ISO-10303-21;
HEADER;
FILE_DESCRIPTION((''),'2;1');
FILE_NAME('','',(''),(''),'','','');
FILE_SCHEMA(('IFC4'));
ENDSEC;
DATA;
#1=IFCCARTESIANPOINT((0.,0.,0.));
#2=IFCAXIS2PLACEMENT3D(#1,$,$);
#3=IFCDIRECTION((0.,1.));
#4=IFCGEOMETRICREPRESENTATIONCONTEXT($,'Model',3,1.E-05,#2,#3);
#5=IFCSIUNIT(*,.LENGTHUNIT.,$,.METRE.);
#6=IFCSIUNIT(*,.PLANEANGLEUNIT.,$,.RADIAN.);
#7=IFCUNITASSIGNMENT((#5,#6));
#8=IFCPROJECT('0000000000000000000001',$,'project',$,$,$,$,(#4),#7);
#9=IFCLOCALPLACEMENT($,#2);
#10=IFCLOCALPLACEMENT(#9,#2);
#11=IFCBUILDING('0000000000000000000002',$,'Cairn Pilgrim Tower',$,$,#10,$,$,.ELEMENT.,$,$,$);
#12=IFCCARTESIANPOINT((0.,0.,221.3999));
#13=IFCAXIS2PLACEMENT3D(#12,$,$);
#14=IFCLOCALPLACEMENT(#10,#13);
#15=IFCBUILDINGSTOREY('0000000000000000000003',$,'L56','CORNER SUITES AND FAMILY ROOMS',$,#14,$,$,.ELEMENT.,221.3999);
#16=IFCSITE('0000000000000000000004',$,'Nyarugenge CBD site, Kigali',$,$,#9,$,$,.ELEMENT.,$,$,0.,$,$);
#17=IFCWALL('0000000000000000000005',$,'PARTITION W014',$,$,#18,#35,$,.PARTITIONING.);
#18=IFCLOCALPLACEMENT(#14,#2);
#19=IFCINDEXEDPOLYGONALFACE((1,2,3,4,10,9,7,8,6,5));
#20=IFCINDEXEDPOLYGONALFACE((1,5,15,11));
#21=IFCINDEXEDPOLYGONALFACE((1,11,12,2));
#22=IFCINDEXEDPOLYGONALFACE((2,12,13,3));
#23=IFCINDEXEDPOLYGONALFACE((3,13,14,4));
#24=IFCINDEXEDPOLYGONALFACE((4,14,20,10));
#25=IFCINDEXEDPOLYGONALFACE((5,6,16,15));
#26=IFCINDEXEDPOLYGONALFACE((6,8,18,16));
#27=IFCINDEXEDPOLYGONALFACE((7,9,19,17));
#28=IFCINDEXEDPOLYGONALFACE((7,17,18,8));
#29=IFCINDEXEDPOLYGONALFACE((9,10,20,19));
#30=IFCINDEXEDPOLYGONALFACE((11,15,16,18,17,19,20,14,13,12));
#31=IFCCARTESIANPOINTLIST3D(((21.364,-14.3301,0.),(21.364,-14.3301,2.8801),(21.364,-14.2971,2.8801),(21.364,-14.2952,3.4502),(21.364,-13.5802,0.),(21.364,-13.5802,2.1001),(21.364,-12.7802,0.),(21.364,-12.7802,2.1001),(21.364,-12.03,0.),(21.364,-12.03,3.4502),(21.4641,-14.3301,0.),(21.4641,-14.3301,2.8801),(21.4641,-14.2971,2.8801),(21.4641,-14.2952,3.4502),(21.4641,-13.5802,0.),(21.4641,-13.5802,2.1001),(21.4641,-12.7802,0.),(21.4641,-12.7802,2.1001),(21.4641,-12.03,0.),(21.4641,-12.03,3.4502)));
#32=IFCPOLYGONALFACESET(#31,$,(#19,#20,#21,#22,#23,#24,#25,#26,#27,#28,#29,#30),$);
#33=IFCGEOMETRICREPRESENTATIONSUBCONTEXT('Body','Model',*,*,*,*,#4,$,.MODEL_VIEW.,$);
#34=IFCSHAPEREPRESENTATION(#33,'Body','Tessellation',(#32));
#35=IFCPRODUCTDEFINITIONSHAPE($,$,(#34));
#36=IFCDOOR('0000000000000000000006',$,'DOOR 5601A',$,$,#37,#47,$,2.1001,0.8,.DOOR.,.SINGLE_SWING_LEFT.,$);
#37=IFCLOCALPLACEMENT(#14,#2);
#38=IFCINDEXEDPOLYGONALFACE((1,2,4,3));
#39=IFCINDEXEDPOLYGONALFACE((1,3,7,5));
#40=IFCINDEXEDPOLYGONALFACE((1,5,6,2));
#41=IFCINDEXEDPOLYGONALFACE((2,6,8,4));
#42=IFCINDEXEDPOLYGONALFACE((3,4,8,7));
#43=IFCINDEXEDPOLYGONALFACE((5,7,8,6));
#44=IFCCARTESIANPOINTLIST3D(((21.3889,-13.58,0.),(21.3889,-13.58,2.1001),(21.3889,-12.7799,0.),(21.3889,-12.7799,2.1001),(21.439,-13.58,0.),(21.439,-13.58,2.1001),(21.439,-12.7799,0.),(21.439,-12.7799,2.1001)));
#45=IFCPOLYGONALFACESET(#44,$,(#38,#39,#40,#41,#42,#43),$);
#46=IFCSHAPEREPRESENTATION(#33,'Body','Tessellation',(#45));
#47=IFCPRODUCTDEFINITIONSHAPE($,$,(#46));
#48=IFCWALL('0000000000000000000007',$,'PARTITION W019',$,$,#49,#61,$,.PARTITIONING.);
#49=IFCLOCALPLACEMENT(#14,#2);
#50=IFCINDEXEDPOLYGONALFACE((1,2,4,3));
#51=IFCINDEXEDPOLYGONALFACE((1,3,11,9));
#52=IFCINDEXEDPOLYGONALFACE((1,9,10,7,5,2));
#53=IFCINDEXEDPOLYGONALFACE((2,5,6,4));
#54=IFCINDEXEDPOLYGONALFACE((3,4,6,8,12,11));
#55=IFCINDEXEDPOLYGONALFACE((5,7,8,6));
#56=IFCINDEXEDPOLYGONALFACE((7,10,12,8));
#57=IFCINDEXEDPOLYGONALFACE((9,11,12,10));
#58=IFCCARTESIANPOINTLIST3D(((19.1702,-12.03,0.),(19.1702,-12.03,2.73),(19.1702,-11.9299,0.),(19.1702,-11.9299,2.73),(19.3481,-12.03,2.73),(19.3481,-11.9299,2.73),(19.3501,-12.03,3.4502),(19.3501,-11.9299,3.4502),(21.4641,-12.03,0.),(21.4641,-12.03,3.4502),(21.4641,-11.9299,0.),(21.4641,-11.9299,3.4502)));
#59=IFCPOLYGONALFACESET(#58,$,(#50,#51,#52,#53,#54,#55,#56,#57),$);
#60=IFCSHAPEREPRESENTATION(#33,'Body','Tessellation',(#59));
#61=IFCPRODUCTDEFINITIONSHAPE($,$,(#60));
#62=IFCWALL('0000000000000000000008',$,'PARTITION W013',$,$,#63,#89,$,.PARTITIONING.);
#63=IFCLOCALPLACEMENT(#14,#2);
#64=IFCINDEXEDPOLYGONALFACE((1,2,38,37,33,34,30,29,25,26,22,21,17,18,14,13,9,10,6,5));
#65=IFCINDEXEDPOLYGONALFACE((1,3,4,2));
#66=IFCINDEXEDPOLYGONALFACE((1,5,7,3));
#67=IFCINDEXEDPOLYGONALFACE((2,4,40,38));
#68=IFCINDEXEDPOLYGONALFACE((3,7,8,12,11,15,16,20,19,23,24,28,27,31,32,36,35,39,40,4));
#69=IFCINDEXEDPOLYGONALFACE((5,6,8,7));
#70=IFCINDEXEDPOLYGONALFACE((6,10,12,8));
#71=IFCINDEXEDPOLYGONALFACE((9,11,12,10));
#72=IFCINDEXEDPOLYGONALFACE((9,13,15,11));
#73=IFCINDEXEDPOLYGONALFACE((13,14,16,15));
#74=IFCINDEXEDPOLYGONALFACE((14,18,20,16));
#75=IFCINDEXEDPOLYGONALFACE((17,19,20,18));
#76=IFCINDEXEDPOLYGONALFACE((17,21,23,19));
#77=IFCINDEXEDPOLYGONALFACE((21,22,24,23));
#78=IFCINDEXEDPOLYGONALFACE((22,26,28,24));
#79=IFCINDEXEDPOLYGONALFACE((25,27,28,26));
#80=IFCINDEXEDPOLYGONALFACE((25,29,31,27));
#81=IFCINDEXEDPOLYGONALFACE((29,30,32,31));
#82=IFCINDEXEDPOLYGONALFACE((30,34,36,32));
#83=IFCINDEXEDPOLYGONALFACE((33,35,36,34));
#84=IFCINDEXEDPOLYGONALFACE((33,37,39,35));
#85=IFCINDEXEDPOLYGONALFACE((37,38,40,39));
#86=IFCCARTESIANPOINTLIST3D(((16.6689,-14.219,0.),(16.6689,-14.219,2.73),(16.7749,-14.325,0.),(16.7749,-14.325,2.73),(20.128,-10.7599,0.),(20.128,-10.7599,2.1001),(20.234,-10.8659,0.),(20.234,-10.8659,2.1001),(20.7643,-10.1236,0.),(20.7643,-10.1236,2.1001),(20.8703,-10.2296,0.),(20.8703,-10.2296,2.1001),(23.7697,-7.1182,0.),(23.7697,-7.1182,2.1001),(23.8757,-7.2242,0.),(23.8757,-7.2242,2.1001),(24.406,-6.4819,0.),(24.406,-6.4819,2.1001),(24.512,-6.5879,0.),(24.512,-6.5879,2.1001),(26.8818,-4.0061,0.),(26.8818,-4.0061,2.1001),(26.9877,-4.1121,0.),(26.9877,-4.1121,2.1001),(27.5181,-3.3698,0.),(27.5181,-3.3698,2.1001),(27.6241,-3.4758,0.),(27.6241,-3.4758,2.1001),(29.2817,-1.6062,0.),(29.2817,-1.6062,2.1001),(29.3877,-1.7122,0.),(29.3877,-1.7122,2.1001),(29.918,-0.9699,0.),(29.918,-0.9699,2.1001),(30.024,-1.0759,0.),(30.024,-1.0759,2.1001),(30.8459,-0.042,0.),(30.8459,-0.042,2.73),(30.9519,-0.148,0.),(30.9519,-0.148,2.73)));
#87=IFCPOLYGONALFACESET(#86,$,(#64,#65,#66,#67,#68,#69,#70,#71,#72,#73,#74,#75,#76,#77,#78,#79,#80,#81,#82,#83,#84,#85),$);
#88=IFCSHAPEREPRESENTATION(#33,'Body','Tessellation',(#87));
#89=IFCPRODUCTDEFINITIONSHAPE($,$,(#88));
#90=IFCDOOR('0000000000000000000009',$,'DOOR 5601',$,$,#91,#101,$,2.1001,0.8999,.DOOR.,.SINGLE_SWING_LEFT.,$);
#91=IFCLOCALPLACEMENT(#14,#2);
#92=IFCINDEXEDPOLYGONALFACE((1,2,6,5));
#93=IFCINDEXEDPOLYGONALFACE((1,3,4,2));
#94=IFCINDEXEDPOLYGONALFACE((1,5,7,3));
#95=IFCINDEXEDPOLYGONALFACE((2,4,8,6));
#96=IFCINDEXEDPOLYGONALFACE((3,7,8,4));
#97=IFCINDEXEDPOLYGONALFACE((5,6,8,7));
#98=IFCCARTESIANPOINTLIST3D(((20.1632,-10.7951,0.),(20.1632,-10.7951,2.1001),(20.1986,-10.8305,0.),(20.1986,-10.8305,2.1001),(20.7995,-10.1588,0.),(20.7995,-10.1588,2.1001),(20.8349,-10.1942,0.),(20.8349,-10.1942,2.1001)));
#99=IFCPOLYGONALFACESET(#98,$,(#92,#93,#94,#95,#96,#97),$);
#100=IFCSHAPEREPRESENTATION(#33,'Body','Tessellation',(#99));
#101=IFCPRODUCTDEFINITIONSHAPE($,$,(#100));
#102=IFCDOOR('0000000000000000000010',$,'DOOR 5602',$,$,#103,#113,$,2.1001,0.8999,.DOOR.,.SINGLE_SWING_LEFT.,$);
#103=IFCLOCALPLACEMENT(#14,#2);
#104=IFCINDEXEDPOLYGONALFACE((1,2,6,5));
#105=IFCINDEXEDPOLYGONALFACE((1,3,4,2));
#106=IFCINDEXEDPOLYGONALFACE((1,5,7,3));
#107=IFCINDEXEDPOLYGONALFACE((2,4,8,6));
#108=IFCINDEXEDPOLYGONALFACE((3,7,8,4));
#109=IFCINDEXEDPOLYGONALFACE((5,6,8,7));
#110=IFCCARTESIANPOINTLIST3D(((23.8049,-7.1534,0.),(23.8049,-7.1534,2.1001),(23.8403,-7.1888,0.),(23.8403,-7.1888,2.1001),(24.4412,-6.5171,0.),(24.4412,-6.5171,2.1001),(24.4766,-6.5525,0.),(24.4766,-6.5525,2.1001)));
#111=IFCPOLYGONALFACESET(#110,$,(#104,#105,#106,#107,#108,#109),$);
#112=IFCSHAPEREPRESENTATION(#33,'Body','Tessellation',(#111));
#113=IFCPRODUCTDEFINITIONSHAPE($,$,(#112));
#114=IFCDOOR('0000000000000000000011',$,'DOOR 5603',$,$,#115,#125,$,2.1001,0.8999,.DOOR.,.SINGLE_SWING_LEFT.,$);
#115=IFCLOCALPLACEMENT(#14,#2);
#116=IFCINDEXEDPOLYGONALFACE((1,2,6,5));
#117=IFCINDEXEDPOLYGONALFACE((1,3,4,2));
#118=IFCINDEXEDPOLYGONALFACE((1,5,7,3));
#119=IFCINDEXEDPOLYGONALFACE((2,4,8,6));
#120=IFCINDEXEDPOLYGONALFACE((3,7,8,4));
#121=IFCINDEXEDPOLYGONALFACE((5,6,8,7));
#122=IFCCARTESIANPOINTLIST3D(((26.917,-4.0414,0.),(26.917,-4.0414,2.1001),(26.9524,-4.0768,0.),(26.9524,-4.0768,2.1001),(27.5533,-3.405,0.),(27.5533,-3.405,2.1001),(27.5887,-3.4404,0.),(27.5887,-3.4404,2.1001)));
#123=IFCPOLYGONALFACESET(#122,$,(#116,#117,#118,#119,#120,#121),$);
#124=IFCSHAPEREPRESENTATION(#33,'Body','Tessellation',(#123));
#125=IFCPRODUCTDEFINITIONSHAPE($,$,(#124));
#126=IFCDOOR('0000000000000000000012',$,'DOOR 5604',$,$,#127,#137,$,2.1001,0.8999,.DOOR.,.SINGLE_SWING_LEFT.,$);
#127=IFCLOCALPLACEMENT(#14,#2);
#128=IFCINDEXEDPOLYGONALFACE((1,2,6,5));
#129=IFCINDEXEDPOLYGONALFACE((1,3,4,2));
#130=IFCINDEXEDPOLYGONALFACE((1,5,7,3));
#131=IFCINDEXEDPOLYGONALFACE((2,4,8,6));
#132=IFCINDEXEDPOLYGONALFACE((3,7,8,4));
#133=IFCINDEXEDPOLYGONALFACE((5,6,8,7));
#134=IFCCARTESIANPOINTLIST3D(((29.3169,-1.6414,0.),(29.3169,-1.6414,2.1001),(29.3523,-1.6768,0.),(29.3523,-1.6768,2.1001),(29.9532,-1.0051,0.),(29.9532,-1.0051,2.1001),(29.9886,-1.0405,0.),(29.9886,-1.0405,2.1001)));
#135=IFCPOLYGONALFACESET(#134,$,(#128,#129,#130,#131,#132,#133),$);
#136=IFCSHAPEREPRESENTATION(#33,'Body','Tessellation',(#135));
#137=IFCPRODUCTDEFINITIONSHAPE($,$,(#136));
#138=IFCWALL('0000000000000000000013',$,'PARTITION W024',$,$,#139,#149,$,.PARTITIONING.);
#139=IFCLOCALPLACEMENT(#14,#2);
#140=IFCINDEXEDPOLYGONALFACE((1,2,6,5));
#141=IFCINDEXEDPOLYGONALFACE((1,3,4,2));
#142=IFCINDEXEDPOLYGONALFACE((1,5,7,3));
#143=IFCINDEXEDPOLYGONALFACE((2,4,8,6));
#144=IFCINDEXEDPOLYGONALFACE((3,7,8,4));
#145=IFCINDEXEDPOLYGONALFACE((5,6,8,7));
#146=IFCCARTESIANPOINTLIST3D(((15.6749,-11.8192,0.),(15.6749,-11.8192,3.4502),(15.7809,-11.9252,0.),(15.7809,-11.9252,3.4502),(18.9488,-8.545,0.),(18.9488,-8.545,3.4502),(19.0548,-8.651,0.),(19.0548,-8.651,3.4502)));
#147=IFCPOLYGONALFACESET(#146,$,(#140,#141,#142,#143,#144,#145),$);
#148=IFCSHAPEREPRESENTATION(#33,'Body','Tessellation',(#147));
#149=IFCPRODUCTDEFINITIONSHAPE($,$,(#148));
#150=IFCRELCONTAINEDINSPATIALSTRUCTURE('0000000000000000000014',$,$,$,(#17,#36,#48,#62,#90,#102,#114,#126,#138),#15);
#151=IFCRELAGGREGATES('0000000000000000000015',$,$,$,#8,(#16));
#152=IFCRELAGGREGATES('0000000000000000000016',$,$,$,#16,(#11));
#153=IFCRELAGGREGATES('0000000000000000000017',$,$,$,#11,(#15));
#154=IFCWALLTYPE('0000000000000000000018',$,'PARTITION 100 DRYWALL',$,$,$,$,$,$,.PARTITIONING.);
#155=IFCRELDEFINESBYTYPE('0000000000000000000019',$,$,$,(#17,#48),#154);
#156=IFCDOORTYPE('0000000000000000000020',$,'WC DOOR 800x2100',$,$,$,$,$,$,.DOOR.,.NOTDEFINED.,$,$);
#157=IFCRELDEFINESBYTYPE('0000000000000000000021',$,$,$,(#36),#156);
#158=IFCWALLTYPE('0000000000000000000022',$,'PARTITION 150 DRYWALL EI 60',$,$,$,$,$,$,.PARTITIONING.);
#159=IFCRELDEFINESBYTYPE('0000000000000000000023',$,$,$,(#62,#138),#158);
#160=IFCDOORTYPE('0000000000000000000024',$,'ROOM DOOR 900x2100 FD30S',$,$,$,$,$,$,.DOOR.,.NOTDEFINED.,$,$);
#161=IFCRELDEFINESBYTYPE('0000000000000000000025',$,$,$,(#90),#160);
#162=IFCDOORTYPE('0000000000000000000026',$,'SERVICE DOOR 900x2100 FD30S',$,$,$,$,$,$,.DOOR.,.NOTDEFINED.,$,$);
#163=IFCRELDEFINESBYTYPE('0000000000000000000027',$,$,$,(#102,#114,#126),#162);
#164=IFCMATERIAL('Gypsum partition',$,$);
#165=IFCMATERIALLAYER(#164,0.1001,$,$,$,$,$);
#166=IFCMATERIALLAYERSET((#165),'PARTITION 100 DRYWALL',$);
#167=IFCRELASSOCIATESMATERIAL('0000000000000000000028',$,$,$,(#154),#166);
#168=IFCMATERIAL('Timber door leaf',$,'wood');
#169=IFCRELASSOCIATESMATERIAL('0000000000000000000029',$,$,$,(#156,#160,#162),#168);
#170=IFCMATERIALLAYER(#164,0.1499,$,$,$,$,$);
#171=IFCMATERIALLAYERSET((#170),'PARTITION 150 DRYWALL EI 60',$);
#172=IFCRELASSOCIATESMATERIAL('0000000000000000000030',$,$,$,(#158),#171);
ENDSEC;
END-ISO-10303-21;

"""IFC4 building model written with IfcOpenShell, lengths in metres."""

from ifc_helpers import new_model, si_unit, direction, frame, frame_2d, origin, place, context, subcontext, project, spatial, polyline, rectangle, outline, extrude, material, layer, layer_set, type_object, element, fill, save


model = new_model("IFC4")

# Units and contexts
model_context = context("Model", 3, precision=1e-05, world=origin(), true_north=direction((0.0, 1.0)))
body_context = subcontext(model_context, "Body", "Model", "MODEL_VIEW")
ifc_project = project(units=[si_unit("LENGTHUNIT", "METRE"), si_unit("PLANEANGLEUNIT", "RADIAN")], contexts=[model_context])

# Site, building, storey
site_placement = place(None, origin())
site = spatial("IfcSite", under=ifc_project, at=site_placement, Name="Nyarugenge CBD site, Kigali", CompositionType="ELEMENT", RefElevation=0.0)
building_placement = place(site_placement, origin())
building = spatial("IfcBuilding", under=site, at=building_placement, Name="Cairn Pilgrim Tower", CompositionType="ELEMENT")
storey_placement = place(building_placement, frame((0.0, 0.0, 221.3999)))
storey = spatial("IfcBuildingStorey", under=building, at=storey_placement, Name="L56", Description="CORNER SUITES AND FAMILY ROOMS", CompositionType="ELEMENT", Elevation=221.3999)

# Shared definitions
ifc_material_1 = material(Name="Gypsum partition")
ifc_layer_1 = layer(ifc_material_1, 0.1001)
ifc_layer_set_1 = layer_set([ifc_layer_1], Name="PARTITION 100 DRYWALL")
wall_type_1 = type_object("IfcWallType", Name="PARTITION 100 DRYWALL", PredefinedType="PARTITIONING", material=ifc_layer_set_1)
ifc_material_2 = material(Name="Timber door leaf", Category="wood")

# Shared definitions
door_type_1 = type_object("IfcDoorType", Name="WC DOOR 800x2100", OperationType="NOTDEFINED", PredefinedType="DOOR", material=ifc_material_2)

# Wall, opening, door
wall_1_placement = place(storey_placement, frame((21.4141, -14.3301, 0.0), z_axis=(0.0, 0.0, 1.0), x_axis=(0.0, 1.0, 0.0)))
wall_1 = element("IfcWall", 1, at=wall_1_placement, inside=storey, type_object=wall_type_1, Name="PARTITION W014", PredefinedType="PARTITIONING", context=body_context, shape_type="SweptSolid", body=[
    extrude(outline(polyline([(0.0, 0.0), (2.3, 0.0), (2.3, 3.4502), (0.0349, 3.4502), (0.033, 2.8801), (0.0, 2.8801), (0.0, 0.0)])), frame((0.0, 0.05, 0.0), z_axis=(0.0, -1.0, 0.0), x_axis=(1.0, 0.0, 0.0)), (0.0, 0.0, 1.0), 0.1001),
])
opening_1_placement = place(wall_1_placement, frame((0.75, 0.0, 0.0)))
opening_1 = element("IfcOpeningElement", 2, at=opening_1_placement, cuts=wall_1, PredefinedType="OPENING", context=body_context, shape_type="SweptSolid", body=[
    extrude(rectangle(XDim=0.8, YDim=2.1001, at=frame_2d((0.3999, 1.05))), frame((0.0, 0.0601, 0.0), z_axis=(0.0, -1.0, 0.0), x_axis=(1.0, 0.0, 0.0)), (0.0, 0.0, 1.0), 0.1201),
])
door_1_placement = place(opening_1_placement, frame((0.8, 0.0, 0.0), z_axis=(0.0, 0.0, 1.0), x_axis=(-1.0, 0.0, 0.0)))
door_1 = element("IfcDoor", 3, at=door_1_placement, inside=storey, type_object=door_type_1, Name="DOOR 5601A", OperationType="SINGLE_SWING_LEFT", OverallHeight=2.1001, OverallWidth=0.8, PredefinedType="DOOR", context=body_context, shape_type="SweptSolid", body=[
    extrude(rectangle(XDim=0.8, YDim=2.1001, at=frame_2d((0.3999, 1.05))), frame((0.0, 0.0249, 0.0), z_axis=(0.0, -1.0, 0.0), x_axis=(1.0, 0.0, 0.0)), (0.0, 0.0, 1.0), 0.05),
])
fill(opening_1, door_1)

# Wall
wall_2_placement = place(storey_placement, frame((19.1702, -11.98, 0.0), z_axis=(0.0, 0.0, 1.0), x_axis=(1.0, 0.0, 0.0)))
element("IfcWall", 4, at=wall_2_placement, inside=storey, type_object=wall_type_1, Name="PARTITION W019", PredefinedType="PARTITIONING", context=body_context, shape_type="SweptSolid", body=[
    extrude(outline(polyline([(0.0, 0.0), (2.2939, 0.0), (2.2939, 3.4502), (0.1799, 3.4502), (0.178, 2.73), (0.0, 2.73), (0.0, 0.0)])), frame((0.0, 0.05, 0.0), z_axis=(0.0, -1.0, 0.0), x_axis=(1.0, 0.0, 0.0)), (0.0, 0.0, 1.0), 0.1001),
])

# Wall, openings, doors
ifc_layer_2 = layer(ifc_material_1, 0.1499)
ifc_layer_set_2 = layer_set([ifc_layer_2], Name="PARTITION 150 DRYWALL EI 60")
wall_type_2 = type_object("IfcWallType", Name="PARTITION 150 DRYWALL EI 60", PredefinedType="PARTITIONING", material=ifc_layer_set_2)
wall_3_placement = place(storey_placement, frame((16.7219, -14.272, 0.0), z_axis=(0.0, 0.0, 1.0), x_axis=(0.707107, 0.707107, 0.0)))
wall_3 = element("IfcWall", 5, at=wall_3_placement, inside=storey, type_object=wall_type_2, Name="PARTITION W013", PredefinedType="PARTITIONING", context=body_context, shape_type="SweptSolid", body=[
    extrude(rectangle(XDim=20.0493, YDim=0.1499, at=frame_2d((10.0247, 0.0))), origin(), (0.0, 0.0, 1.0), 2.73),
])
opening_2_placement = place(wall_3_placement, frame((4.8918, 0.0, 0.0)))
opening_2 = element("IfcOpeningElement", 6, at=opening_2_placement, cuts=wall_3, PredefinedType="OPENING", context=body_context, shape_type="SweptSolid", body=[
    extrude(rectangle(XDim=0.8999, YDim=2.1001, at=frame_2d((0.45, 1.05))), frame((0.0, 0.085, 0.0), z_axis=(0.0, -1.0, 0.0), x_axis=(1.0, 0.0, 0.0)), (0.0, 0.0, 1.0), 0.1699),
])
opening_3_placement = place(wall_3_placement, frame((10.042, 0.0, 0.0)))
opening_3 = element("IfcOpeningElement", 7, at=opening_3_placement, cuts=wall_3, PredefinedType="OPENING", context=body_context, shape_type="SweptSolid", body=[
    extrude(rectangle(XDim=0.8999, YDim=2.1001, at=frame_2d((0.45, 1.05))), frame((0.0, 0.085, 0.0), z_axis=(0.0, -1.0, 0.0), x_axis=(1.0, 0.0, 0.0)), (0.0, 0.0, 1.0), 0.1699),
])
opening_4_placement = place(wall_3_placement, frame((14.4431, 0.0, 0.0)))
opening_4 = element("IfcOpeningElement", 8, at=opening_4_placement, cuts=wall_3, PredefinedType="OPENING", context=body_context, shape_type="SweptSolid", body=[
    extrude(rectangle(XDim=0.8999, YDim=2.1001, at=frame_2d((0.45, 1.05))), frame((0.0, 0.085, 0.0), z_axis=(0.0, -1.0, 0.0), x_axis=(1.0, 0.0, 0.0)), (0.0, 0.0, 1.0), 0.1699),
])
opening_5_placement = place(wall_3_placement, frame((17.8372, 0.0, 0.0)))
opening_5 = element("IfcOpeningElement", 9, at=opening_5_placement, cuts=wall_3, PredefinedType="OPENING", context=body_context, shape_type="SweptSolid", body=[
    extrude(rectangle(XDim=0.8999, YDim=2.1001, at=frame_2d((0.45, 1.05))), frame((0.0, 0.085, 0.0), z_axis=(0.0, -1.0, 0.0), x_axis=(1.0, 0.0, 0.0)), (0.0, 0.0, 1.0), 0.1699),
])
door_type_2 = type_object("IfcDoorType", Name="ROOM DOOR 900x2100 FD30S", OperationType="NOTDEFINED", PredefinedType="DOOR", material=ifc_material_2)
door_2_placement = place(opening_2_placement, frame((0.8999, 0.0, 0.0), z_axis=(0.0, 0.0, 1.0), x_axis=(-1.0, 0.0, 0.0)))
door_2 = element("IfcDoor", 10, at=door_2_placement, inside=storey, type_object=door_type_2, Name="DOOR 5601", OperationType="SINGLE_SWING_LEFT", OverallHeight=2.1001, OverallWidth=0.8999, PredefinedType="DOOR", context=body_context, shape_type="SweptSolid", body=[
    extrude(rectangle(XDim=0.8999, YDim=2.1001, at=frame_2d((0.45, 1.05))), frame((0.0, 0.0249, 0.0), z_axis=(0.0, -1.0, 0.0), x_axis=(1.0, 0.0, 0.0)), (0.0, 0.0, 1.0), 0.05),
])
fill(opening_2, door_2)
door_type_3 = type_object("IfcDoorType", Name="SERVICE DOOR 900x2100 FD30S", OperationType="NOTDEFINED", PredefinedType="DOOR", material=ifc_material_2)
door_3_placement = place(opening_3_placement, frame((0.8999, 0.0, 0.0), z_axis=(0.0, 0.0, 1.0), x_axis=(-1.0, 0.0, 0.0)))
door_3 = element("IfcDoor", 11, at=door_3_placement, inside=storey, type_object=door_type_3, Name="DOOR 5602", OperationType="SINGLE_SWING_LEFT", OverallHeight=2.1001, OverallWidth=0.8999, PredefinedType="DOOR", context=body_context, shape_type="SweptSolid", body=[
    extrude(rectangle(XDim=0.8999, YDim=2.1001, at=frame_2d((0.45, 1.05))), frame((0.0, 0.0249, 0.0), z_axis=(0.0, -1.0, 0.0), x_axis=(1.0, 0.0, 0.0)), (0.0, 0.0, 1.0), 0.05),
])
fill(opening_3, door_3)
door_4_placement = place(opening_4_placement, frame((0.8999, 0.0, 0.0), z_axis=(0.0, 0.0, 1.0), x_axis=(-1.0, 0.0, 0.0)))
door_4 = element("IfcDoor", 12, at=door_4_placement, inside=storey, type_object=door_type_3, Name="DOOR 5603", OperationType="SINGLE_SWING_LEFT", OverallHeight=2.1001, OverallWidth=0.8999, PredefinedType="DOOR", context=body_context, shape_type="SweptSolid", body=[
    extrude(rectangle(XDim=0.8999, YDim=2.1001, at=frame_2d((0.45, 1.05))), frame((0.0, 0.0249, 0.0), z_axis=(0.0, -1.0, 0.0), x_axis=(1.0, 0.0, 0.0)), (0.0, 0.0, 1.0), 0.05),
])
fill(opening_4, door_4)
door_5_placement = place(opening_5_placement, frame((0.8999, 0.0, 0.0), z_axis=(0.0, 0.0, 1.0), x_axis=(-1.0, 0.0, 0.0)))
door_5 = element("IfcDoor", 13, at=door_5_placement, inside=storey, type_object=door_type_3, Name="DOOR 5604", OperationType="SINGLE_SWING_LEFT", OverallHeight=2.1001, OverallWidth=0.8999, PredefinedType="DOOR", context=body_context, shape_type="SweptSolid", body=[
    extrude(rectangle(XDim=0.8999, YDim=2.1001, at=frame_2d((0.45, 1.05))), frame((0.0, 0.0249, 0.0), z_axis=(0.0, -1.0, 0.0), x_axis=(1.0, 0.0, 0.0)), (0.0, 0.0, 1.0), 0.05),
])
fill(opening_5, door_5)

# Wall
wall_4_placement = place(storey_placement, frame((15.728, -11.8721, 0.0), z_axis=(0.0, 0.0, 1.0), x_axis=(0.70708, 0.707133, 0.0)))
element("IfcWall", 14, at=wall_4_placement, inside=storey, type_object=wall_type_2, Name="PARTITION W024", PredefinedType="PARTITIONING", context=body_context, shape_type="SweptSolid", body=[
    extrude(rectangle(XDim=4.6301, YDim=0.1499, at=frame_2d((2.3149, 0.0))), origin(), (0.0, 0.0, 1.0), 3.4502),
])

save(model, "model.ifc")
